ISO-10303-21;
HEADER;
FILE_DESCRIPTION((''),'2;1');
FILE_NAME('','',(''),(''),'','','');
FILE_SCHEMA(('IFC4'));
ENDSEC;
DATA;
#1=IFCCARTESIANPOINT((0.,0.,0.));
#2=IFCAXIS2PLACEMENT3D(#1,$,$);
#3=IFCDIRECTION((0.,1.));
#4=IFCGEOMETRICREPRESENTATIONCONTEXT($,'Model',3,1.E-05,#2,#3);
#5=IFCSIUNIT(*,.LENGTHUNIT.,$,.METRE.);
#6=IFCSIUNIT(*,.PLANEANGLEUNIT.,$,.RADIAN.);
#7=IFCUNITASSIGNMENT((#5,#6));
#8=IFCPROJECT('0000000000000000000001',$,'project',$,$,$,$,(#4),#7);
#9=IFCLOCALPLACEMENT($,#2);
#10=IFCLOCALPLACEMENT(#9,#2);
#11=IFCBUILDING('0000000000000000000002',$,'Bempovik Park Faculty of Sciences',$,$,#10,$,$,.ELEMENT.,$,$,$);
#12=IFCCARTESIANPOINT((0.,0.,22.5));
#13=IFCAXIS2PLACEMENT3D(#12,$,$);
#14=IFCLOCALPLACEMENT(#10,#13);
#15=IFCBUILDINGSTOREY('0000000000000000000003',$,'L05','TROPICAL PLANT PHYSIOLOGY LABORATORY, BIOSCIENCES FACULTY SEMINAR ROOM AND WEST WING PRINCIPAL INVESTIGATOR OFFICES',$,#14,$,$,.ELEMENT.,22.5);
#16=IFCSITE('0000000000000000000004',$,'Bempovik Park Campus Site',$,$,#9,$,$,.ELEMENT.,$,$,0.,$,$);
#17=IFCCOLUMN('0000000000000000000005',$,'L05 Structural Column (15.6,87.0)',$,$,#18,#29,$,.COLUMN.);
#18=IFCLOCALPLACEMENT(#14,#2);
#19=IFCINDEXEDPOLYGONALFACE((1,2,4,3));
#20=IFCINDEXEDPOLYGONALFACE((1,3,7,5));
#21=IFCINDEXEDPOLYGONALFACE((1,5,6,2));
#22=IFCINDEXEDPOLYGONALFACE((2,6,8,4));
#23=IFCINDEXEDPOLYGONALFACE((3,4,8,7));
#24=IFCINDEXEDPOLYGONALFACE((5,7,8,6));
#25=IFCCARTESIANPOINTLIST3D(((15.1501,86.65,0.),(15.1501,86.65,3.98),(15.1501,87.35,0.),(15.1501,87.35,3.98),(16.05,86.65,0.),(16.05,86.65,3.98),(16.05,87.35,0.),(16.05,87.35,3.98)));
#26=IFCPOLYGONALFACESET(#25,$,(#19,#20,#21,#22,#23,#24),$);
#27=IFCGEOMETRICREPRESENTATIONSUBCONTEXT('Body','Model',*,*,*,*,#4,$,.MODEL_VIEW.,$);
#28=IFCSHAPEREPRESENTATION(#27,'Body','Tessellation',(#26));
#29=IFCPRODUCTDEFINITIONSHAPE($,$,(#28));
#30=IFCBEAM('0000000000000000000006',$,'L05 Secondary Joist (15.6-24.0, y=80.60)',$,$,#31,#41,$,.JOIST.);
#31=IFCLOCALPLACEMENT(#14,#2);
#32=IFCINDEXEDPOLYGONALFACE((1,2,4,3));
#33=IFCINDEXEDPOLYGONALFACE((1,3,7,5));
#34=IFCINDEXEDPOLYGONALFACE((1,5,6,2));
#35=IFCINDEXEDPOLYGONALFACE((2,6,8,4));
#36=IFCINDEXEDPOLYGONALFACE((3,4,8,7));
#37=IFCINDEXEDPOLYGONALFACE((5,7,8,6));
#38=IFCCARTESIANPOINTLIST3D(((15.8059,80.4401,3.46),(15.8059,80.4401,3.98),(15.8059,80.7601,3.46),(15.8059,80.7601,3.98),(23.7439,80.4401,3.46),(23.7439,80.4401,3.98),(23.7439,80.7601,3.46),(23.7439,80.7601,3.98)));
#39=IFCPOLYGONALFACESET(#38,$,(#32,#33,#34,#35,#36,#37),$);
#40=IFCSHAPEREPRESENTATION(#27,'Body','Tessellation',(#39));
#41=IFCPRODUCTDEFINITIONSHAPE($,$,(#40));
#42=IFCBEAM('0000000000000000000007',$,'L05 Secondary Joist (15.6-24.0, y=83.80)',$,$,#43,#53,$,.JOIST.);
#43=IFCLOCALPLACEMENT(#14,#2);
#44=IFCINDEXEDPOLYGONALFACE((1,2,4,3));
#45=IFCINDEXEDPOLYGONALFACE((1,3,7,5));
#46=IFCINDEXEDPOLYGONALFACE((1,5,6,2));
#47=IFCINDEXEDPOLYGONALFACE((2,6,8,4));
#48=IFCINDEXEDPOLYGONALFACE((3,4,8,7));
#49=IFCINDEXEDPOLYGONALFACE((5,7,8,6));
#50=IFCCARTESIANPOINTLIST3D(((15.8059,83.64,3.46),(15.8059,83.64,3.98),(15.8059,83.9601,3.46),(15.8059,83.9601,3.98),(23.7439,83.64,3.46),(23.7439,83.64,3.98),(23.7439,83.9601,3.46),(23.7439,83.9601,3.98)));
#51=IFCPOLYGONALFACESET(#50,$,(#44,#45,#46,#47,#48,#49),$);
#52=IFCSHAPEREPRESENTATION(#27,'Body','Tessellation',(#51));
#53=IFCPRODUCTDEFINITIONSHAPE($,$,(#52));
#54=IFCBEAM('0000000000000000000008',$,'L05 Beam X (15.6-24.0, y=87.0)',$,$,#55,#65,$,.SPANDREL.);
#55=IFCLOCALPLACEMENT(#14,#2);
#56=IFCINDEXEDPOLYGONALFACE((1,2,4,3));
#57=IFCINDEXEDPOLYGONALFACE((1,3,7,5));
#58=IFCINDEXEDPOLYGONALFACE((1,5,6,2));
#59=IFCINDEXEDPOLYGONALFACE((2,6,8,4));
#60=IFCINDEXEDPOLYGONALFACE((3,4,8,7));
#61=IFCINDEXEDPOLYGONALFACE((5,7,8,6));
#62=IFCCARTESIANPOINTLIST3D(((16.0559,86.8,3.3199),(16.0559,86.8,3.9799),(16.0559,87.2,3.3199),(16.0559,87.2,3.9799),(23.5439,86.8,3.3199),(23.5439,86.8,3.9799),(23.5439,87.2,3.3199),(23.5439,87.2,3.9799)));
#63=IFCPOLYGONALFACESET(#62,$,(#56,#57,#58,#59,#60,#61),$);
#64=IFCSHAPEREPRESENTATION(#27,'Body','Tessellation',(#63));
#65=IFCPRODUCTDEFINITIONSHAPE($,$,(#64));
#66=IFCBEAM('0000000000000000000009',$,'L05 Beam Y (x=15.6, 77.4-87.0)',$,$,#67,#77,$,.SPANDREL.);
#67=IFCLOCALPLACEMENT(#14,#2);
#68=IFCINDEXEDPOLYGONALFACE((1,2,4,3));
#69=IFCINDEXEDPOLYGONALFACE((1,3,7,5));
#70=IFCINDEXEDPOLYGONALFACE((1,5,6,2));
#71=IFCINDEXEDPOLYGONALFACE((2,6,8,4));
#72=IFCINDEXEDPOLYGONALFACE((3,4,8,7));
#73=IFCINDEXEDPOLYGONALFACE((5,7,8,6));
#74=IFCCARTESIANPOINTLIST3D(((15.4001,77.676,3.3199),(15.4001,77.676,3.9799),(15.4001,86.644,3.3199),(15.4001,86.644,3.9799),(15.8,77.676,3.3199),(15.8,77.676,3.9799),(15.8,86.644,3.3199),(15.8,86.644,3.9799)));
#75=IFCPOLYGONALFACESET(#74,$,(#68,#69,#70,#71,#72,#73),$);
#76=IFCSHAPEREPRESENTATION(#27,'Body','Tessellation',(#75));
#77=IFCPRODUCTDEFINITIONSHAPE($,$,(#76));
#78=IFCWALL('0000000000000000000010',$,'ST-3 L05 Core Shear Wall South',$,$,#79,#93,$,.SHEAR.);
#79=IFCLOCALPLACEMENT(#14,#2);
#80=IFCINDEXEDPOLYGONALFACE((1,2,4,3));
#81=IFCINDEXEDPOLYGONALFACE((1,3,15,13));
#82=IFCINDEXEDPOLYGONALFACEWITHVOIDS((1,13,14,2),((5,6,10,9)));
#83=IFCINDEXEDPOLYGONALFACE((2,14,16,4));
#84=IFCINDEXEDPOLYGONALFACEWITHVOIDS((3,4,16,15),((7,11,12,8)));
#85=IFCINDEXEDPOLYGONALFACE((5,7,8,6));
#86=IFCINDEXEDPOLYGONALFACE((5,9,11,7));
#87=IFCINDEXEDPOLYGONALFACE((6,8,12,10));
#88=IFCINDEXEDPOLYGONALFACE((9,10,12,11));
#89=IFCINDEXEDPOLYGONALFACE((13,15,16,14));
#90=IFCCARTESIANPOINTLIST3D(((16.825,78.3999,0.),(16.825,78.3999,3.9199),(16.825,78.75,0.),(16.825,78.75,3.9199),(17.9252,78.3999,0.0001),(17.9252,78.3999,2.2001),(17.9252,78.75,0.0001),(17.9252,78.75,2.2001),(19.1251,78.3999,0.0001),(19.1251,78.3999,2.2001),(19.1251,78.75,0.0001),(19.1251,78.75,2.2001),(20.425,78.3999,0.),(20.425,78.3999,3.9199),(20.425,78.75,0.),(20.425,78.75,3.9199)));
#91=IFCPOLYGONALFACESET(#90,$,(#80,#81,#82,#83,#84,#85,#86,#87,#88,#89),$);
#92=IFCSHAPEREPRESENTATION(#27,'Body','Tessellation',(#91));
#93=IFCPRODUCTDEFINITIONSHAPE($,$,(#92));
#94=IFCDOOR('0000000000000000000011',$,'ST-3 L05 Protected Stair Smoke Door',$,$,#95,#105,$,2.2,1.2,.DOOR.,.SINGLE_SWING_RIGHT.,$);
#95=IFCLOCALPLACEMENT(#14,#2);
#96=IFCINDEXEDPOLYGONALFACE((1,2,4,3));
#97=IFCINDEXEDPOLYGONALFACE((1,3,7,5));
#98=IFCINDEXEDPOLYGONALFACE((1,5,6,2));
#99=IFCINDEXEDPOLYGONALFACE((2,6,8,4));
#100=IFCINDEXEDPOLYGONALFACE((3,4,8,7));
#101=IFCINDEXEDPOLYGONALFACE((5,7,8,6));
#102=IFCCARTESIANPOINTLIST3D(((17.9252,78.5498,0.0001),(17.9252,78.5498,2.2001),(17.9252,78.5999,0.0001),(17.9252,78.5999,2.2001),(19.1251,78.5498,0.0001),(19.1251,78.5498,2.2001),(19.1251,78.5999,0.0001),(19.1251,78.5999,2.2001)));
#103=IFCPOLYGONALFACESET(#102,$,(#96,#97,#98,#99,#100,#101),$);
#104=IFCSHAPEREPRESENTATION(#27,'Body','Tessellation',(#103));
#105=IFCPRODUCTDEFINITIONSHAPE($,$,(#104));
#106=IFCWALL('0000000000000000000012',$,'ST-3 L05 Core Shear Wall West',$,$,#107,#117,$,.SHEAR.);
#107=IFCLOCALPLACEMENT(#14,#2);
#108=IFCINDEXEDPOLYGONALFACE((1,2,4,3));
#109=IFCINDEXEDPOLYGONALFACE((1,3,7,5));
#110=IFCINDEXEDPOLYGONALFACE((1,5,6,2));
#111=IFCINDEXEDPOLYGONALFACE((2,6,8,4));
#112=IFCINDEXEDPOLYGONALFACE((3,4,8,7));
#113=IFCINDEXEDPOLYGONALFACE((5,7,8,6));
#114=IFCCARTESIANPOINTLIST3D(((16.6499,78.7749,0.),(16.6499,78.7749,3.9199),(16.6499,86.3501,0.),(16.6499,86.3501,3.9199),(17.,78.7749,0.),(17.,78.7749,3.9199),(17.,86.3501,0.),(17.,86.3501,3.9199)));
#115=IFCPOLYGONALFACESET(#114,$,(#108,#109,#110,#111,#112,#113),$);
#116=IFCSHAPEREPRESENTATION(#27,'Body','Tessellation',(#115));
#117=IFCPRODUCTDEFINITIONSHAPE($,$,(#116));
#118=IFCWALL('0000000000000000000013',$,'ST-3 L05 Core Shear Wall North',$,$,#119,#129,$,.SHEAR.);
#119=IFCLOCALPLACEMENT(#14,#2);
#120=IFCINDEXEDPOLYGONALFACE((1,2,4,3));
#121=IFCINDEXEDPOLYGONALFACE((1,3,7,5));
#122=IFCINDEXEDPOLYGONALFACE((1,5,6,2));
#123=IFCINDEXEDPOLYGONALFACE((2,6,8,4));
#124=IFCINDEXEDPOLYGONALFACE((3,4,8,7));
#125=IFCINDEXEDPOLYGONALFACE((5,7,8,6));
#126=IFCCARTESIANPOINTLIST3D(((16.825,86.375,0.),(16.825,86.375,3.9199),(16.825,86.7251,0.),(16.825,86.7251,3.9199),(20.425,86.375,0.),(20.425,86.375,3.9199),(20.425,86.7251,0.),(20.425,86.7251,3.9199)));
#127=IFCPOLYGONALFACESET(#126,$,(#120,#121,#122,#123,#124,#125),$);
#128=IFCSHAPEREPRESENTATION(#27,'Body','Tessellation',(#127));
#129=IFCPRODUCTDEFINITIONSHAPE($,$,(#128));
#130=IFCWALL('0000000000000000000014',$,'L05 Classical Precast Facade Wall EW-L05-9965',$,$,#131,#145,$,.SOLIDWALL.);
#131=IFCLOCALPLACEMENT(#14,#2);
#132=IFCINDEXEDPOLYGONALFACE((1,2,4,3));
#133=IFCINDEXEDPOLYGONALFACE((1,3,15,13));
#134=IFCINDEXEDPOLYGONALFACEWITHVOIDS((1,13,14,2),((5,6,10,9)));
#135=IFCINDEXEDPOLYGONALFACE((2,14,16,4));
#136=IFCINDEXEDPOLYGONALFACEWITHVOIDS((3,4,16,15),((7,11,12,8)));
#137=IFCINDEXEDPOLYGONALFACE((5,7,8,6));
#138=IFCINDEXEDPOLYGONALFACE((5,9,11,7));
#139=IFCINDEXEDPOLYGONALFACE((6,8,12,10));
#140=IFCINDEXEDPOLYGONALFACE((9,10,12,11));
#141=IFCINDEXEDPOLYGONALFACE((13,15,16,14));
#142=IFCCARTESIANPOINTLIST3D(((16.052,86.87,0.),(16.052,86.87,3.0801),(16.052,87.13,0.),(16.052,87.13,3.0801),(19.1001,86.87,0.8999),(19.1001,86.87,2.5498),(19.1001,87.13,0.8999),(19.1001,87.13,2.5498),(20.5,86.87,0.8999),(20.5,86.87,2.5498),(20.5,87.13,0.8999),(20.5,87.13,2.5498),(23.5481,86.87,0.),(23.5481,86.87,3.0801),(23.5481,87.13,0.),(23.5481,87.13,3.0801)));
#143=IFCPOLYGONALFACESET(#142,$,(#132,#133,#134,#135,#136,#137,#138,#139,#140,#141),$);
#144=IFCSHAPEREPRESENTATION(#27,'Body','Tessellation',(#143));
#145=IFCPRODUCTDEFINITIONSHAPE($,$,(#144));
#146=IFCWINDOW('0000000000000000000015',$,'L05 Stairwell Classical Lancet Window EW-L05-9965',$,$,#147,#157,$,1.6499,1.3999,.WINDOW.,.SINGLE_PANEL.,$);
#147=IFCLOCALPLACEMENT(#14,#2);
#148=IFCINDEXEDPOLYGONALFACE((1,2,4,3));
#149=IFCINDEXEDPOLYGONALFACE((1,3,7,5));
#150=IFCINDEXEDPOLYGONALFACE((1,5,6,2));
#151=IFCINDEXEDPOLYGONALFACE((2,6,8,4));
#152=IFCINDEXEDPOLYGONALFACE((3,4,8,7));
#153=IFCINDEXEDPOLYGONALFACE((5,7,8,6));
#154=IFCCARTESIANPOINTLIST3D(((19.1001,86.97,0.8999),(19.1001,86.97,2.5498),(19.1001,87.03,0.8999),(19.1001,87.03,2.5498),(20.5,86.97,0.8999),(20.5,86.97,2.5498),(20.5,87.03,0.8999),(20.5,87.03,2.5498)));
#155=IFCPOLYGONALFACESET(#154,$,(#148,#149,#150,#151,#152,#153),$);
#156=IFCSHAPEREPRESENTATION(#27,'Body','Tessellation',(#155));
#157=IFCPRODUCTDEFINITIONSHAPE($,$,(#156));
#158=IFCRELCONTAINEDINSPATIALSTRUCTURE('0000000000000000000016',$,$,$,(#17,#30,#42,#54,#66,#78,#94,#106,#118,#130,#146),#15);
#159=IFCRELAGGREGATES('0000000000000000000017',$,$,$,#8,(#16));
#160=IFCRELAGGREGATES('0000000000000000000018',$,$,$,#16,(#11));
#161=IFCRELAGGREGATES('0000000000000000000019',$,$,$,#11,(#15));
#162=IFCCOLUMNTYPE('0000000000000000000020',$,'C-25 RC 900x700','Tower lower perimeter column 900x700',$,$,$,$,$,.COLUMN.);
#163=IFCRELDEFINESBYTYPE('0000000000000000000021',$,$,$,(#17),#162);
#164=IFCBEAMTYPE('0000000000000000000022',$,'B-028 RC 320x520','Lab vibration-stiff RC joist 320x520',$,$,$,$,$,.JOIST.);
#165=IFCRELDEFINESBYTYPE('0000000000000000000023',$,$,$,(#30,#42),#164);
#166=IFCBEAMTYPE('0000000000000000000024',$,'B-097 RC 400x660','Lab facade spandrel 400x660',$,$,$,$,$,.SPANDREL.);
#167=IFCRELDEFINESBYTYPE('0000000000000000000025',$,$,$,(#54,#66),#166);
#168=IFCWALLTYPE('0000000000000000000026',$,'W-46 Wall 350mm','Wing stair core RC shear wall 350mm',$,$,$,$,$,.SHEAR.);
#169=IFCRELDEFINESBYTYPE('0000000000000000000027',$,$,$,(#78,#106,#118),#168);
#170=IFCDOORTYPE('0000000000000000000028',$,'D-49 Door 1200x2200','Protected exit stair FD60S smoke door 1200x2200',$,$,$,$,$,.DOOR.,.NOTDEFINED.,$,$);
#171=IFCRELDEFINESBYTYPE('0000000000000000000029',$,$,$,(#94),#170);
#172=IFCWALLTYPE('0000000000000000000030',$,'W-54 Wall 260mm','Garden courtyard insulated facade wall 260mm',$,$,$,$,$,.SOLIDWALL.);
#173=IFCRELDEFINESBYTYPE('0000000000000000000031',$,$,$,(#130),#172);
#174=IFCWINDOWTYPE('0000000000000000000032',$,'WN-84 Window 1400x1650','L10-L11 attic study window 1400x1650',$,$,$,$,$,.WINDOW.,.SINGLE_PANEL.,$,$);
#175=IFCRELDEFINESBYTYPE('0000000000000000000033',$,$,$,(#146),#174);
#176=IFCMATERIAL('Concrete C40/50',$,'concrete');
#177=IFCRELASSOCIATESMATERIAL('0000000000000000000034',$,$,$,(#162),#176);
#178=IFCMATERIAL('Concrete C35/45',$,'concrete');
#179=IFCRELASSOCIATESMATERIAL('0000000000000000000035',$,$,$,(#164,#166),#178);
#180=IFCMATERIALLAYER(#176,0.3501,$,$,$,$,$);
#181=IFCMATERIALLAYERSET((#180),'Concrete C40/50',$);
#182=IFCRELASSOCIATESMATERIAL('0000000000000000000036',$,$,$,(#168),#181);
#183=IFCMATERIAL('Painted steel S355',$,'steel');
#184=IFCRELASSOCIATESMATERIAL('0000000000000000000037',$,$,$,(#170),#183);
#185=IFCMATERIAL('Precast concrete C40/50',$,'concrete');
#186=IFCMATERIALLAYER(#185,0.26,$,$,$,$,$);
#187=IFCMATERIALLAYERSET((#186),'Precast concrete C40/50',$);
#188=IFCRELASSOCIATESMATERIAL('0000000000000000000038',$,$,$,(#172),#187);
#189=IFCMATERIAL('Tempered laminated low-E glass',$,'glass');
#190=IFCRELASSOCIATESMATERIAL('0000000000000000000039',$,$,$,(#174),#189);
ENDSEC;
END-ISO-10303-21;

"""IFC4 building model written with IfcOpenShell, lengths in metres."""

from ifc_helpers import new_model, si_unit, direction, frame, frame_2d, origin, origin_2d, place, context, subcontext, project, spatial, rectangle, extrude, material, layer, layer_set, material_profile, profile_set, type_object, element, fill, save


model = new_model("IFC4")

# Units and contexts
model_context = context("Model", 3, precision=1e-05, world=origin(), true_north=direction((0.0, 1.0)))
body_context = subcontext(model_context, "Body", "Model", "MODEL_VIEW")
ifc_project = project(units=[si_unit("LENGTHUNIT", "METRE"), si_unit("PLANEANGLEUNIT", "RADIAN")], contexts=[model_context])

# Site, building, storey
site_placement = place(None, origin())
site = spatial("IfcSite", under=ifc_project, at=site_placement, Name="Bempovik Park Campus Site", CompositionType="ELEMENT", RefElevation=0.0)
building_placement = place(site_placement, origin())
building = spatial("IfcBuilding", under=site, at=building_placement, Name="Bempovik Park Faculty of Sciences", CompositionType="ELEMENT")
storey_placement = place(building_placement, frame((0.0, 0.0, 22.5)))
storey = spatial("IfcBuildingStorey", under=building, at=storey_placement, Name="L05", Description="TROPICAL PLANT PHYSIOLOGY LABORATORY, BIOSCIENCES FACULTY SEMINAR ROOM AND WEST WING PRINCIPAL INVESTIGATOR OFFICES", CompositionType="ELEMENT", Elevation=22.5)

# Column
ifc_material_1 = material(Name="Concrete C40/50", Category="concrete")
ifc_material_profile_1 = material_profile(ifc_material_1, rectangle(XDim=0.8999, YDim=0.7, at=origin_2d()), Name="RC 900x700")
ifc_profile_set_1 = profile_set([ifc_material_profile_1], Name="Concrete C40/50")
column_type = type_object("IfcColumnType", Name="C-25 RC 900x700", Description="Tower lower perimeter column 900x700", PredefinedType="COLUMN", material=ifc_profile_set_1)
column_placement = place(storey_placement, frame((15.6001, 87.0, 0.0), z_axis=(0.0, 0.0, 1.0), x_axis=(1.0, 0.0, 0.0)))
element("IfcColumn", 1, at=column_placement, inside=storey, type_object=column_type, Name="L05 Structural Column (15.6,87.0)", PredefinedType="COLUMN", context=body_context, shape_type="SweptSolid", body=[
    extrude(rectangle(XDim=0.8999, YDim=0.7, at=origin_2d()), origin(), (0.0, 0.0, 1.0), 3.98),
])

# Beams
ifc_material_2 = material(Name="Concrete C35/45", Category="concrete")
ifc_material_profile_2 = material_profile(ifc_material_2, rectangle(XDim=0.3201, YDim=0.52, at=origin_2d()), Name="RC 320x520")
ifc_profile_set_2 = profile_set([ifc_material_profile_2], Name="Concrete C35/45")
beam_type_1 = type_object("IfcBeamType", Name="B-028 RC 320x520", Description="Lab vibration-stiff RC joist 320x520", PredefinedType="JOIST", material=ifc_profile_set_2)
for number, where, z_axis, x_axis, name in (
    (2, (15.8059, 80.6001, 3.72), (1.0, 0.0, 0.0), (0.0, 1.0, 0.0), "L05 Secondary Joist (15.6-24.0, y=80.60)"),
    (3, (15.8059, 83.8, 3.72), (1.0, 0.0, 0.0), (0.0, 1.0, 0.0), "L05 Secondary Joist (15.6-24.0, y=83.80)"),
):
    element("IfcBeam", number, at=place(storey_placement, frame(where, z_axis=z_axis, x_axis=x_axis)), inside=storey, type_object=beam_type_1, Name=name, PredefinedType="JOIST", context=body_context, shape_type="SweptSolid", body=[
        extrude(rectangle(XDim=0.3201, YDim=0.52, at=origin_2d()), origin(), (0.0, 0.0, 1.0), 7.938),
    ])
ifc_material_profile_3 = material_profile(ifc_material_2, rectangle(XDim=0.3999, YDim=0.6599, at=origin_2d()), Name="RC 400x660")
ifc_profile_set_3 = profile_set([ifc_material_profile_3], Name="Concrete C35/45")
beam_type_2 = type_object("IfcBeamType", Name="B-097 RC 400x660", Description="Lab facade spandrel 400x660", PredefinedType="SPANDREL", material=ifc_profile_set_3)
beam_1_placement = place(storey_placement, frame((16.0559, 87.0, 3.6499), z_axis=(1.0, 0.0, 0.0), x_axis=(0.0, 1.0, 0.0)))
element("IfcBeam", 4, at=beam_1_placement, inside=storey, type_object=beam_type_2, Name="L05 Beam X (15.6-24.0, y=87.0)", PredefinedType="SPANDREL", context=body_context, shape_type="SweptSolid", body=[
    extrude(rectangle(XDim=0.3999, YDim=0.6599, at=origin_2d()), origin(), (0.0, 0.0, 1.0), 7.488),
])
beam_2_placement = place(storey_placement, frame((15.6001, 77.676, 3.6499), z_axis=(0.0, 1.0, 0.0), x_axis=(-1.0, 0.0, 0.0)))
element("IfcBeam", 5, at=beam_2_placement, inside=storey, type_object=beam_type_2, Name="L05 Beam Y (x=15.6, 77.4-87.0)", PredefinedType="SPANDREL", context=body_context, shape_type="SweptSolid", body=[
    extrude(rectangle(XDim=0.3999, YDim=0.6599, at=origin_2d()), origin(), (0.0, 0.0, 1.0), 8.968),
])

# Wall, opening, door
ifc_layer_1 = layer(ifc_material_1, 0.3501)
ifc_layer_set_1 = layer_set([ifc_layer_1], Name="Concrete C40/50")
wall_type_1 = type_object("IfcWallType", Name="W-46 Wall 350mm", Description="Wing stair core RC shear wall 350mm", PredefinedType="SHEAR", material=ifc_layer_set_1)
wall_1_placement = place(storey_placement, frame((16.825, 78.575, 0.0), z_axis=(0.0, 0.0, 1.0), x_axis=(1.0, 0.0, 0.0)))
wall_1 = element("IfcWall", 6, at=wall_1_placement, inside=storey, type_object=wall_type_1, Name="ST-3 L05 Core Shear Wall South", PredefinedType="SHEAR", context=body_context, shape_type="SweptSolid", body=[
    extrude(rectangle(XDim=3.6001, YDim=0.3501, at=frame_2d((1.8, 0.0))), origin(), (0.0, 0.0, 1.0), 3.9199),
])
opening_1_placement = place(wall_1_placement, frame((1.1001, 0.0, 0.0)))
opening_1 = element("IfcOpeningElement", 7, at=opening_1_placement, cuts=wall_1, PredefinedType="OPENING", context=body_context, shape_type="SweptSolid", body=[
    extrude(rectangle(XDim=1.2, YDim=2.2, at=frame_2d((0.6001, 1.1001))), frame((0.0, 0.1851, 0.0), z_axis=(0.0, -1.0, 0.0), x_axis=(1.0, 0.0, 0.0)), (0.0, 0.0, 1.0), 0.3701),
])
ifc_material_3 = material(Name="Painted steel S355", Category="steel")
door_type = type_object("IfcDoorType", Name="D-49 Door 1200x2200", Description="Protected exit stair FD60S smoke door 1200x2200", OperationType="NOTDEFINED", PredefinedType="DOOR", material=ifc_material_3)
door_placement = place(opening_1_placement, origin())
door = element("IfcDoor", 8, at=door_placement, inside=storey, type_object=door_type, Name="ST-3 L05 Protected Stair Smoke Door", OperationType="SINGLE_SWING_RIGHT", OverallHeight=2.2, OverallWidth=1.2, PredefinedType="DOOR", context=body_context, shape_type="SweptSolid", body=[
    extrude(rectangle(XDim=1.2, YDim=2.2, at=frame_2d((0.6001, 1.1001))), frame((0.0, 0.0249, 0.0), z_axis=(0.0, -1.0, 0.0), x_axis=(1.0, 0.0, 0.0)), (0.0, 0.0, 1.0), 0.05),
])
fill(opening_1, door)

# Walls
wall_2_placement = place(storey_placement, frame((16.825, 78.7749, 0.0), z_axis=(0.0, 0.0, 1.0), x_axis=(0.0, 1.0, 0.0)))
element("IfcWall", 9, at=wall_2_placement, inside=storey, type_object=wall_type_1, Name="ST-3 L05 Core Shear Wall West", PredefinedType="SHEAR", context=body_context, shape_type="SweptSolid", body=[
    extrude(rectangle(XDim=7.5752, YDim=0.3501, at=frame_2d((3.7876, 0.0))), origin(), (0.0, 0.0, 1.0), 3.9199),
])
wall_3_placement = place(storey_placement, frame((16.825, 86.55, 0.0), z_axis=(0.0, 0.0, 1.0), x_axis=(1.0, 0.0, 0.0)))
element("IfcWall", 10, at=wall_3_placement, inside=storey, type_object=wall_type_1, Name="ST-3 L05 Core Shear Wall North", PredefinedType="SHEAR", context=body_context, shape_type="SweptSolid", body=[
    extrude(rectangle(XDim=3.6001, YDim=0.3501, at=frame_2d((1.8, 0.0))), origin(), (0.0, 0.0, 1.0), 3.9199),
])

# Wall, opening, window
ifc_material_4 = material(Name="Precast concrete C40/50", Category="concrete")
ifc_layer_2 = layer(ifc_material_4, 0.26)
ifc_layer_set_2 = layer_set([ifc_layer_2], Name="Precast concrete C40/50")
wall_type_2 = type_object("IfcWallType", Name="W-54 Wall 260mm", Description="Garden courtyard insulated facade wall 260mm", PredefinedType="SOLIDWALL", material=ifc_layer_set_2)
wall_4_placement = place(storey_placement, frame((16.052, 87.0, 0.0), z_axis=(0.0, 0.0, 1.0), x_axis=(1.0, 0.0, 0.0)))
wall_4 = element("IfcWall", 11, at=wall_4_placement, inside=storey, type_object=wall_type_2, Name="L05 Classical Precast Facade Wall EW-L05-9965", PredefinedType="SOLIDWALL", context=body_context, shape_type="SweptSolid", body=[
    extrude(rectangle(XDim=7.4961, YDim=0.26, at=frame_2d((3.748, 0.0))), origin(), (0.0, 0.0, 1.0), 3.0801),
])
opening_2_placement = place(wall_4_placement, frame((3.0481, 0.0, 0.8999)))
opening_2 = element("IfcOpeningElement", 12, at=opening_2_placement, cuts=wall_4, PredefinedType="OPENING", context=body_context, shape_type="SweptSolid", body=[
    extrude(rectangle(XDim=1.3999, YDim=1.6499, at=frame_2d((0.7, 0.825))), frame((0.0, 0.1401, 0.0), z_axis=(0.0, -1.0, 0.0), x_axis=(1.0, 0.0, 0.0)), (0.0, 0.0, 1.0), 0.28),
])
ifc_material_5 = material(Name="Tempered laminated low-E glass", Category="glass")
window_type_1 = type_object("IfcWindowType", Name="WN-84 Window 1400x1650", Description="L10-L11 attic study window 1400x1650", PartitioningType="SINGLE_PANEL", PredefinedType="WINDOW", material=ifc_material_5)
window_1_placement = place(opening_2_placement, origin())
window_1 = element("IfcWindow", 13, at=window_1_placement, inside=storey, type_object=window_type_1, Name="L05 Stairwell Classical Lancet Window EW-L05-9965", OverallHeight=1.6499, OverallWidth=1.3999, PartitioningType="SINGLE_PANEL", PredefinedType="WINDOW", context=body_context, shape_type="SweptSolid", body=[
    extrude(rectangle(XDim=1.3999, YDim=1.6499, at=frame_2d((0.7, 0.825))), frame((0.0, 0.03, 0.0), z_axis=(0.0, -1.0, 0.0), x_axis=(1.0, 0.0, 0.0)), (0.0, 0.0, 1.0), 0.0601),
])
fill(opening_2, window_1)

save(model, "model.ifc")
